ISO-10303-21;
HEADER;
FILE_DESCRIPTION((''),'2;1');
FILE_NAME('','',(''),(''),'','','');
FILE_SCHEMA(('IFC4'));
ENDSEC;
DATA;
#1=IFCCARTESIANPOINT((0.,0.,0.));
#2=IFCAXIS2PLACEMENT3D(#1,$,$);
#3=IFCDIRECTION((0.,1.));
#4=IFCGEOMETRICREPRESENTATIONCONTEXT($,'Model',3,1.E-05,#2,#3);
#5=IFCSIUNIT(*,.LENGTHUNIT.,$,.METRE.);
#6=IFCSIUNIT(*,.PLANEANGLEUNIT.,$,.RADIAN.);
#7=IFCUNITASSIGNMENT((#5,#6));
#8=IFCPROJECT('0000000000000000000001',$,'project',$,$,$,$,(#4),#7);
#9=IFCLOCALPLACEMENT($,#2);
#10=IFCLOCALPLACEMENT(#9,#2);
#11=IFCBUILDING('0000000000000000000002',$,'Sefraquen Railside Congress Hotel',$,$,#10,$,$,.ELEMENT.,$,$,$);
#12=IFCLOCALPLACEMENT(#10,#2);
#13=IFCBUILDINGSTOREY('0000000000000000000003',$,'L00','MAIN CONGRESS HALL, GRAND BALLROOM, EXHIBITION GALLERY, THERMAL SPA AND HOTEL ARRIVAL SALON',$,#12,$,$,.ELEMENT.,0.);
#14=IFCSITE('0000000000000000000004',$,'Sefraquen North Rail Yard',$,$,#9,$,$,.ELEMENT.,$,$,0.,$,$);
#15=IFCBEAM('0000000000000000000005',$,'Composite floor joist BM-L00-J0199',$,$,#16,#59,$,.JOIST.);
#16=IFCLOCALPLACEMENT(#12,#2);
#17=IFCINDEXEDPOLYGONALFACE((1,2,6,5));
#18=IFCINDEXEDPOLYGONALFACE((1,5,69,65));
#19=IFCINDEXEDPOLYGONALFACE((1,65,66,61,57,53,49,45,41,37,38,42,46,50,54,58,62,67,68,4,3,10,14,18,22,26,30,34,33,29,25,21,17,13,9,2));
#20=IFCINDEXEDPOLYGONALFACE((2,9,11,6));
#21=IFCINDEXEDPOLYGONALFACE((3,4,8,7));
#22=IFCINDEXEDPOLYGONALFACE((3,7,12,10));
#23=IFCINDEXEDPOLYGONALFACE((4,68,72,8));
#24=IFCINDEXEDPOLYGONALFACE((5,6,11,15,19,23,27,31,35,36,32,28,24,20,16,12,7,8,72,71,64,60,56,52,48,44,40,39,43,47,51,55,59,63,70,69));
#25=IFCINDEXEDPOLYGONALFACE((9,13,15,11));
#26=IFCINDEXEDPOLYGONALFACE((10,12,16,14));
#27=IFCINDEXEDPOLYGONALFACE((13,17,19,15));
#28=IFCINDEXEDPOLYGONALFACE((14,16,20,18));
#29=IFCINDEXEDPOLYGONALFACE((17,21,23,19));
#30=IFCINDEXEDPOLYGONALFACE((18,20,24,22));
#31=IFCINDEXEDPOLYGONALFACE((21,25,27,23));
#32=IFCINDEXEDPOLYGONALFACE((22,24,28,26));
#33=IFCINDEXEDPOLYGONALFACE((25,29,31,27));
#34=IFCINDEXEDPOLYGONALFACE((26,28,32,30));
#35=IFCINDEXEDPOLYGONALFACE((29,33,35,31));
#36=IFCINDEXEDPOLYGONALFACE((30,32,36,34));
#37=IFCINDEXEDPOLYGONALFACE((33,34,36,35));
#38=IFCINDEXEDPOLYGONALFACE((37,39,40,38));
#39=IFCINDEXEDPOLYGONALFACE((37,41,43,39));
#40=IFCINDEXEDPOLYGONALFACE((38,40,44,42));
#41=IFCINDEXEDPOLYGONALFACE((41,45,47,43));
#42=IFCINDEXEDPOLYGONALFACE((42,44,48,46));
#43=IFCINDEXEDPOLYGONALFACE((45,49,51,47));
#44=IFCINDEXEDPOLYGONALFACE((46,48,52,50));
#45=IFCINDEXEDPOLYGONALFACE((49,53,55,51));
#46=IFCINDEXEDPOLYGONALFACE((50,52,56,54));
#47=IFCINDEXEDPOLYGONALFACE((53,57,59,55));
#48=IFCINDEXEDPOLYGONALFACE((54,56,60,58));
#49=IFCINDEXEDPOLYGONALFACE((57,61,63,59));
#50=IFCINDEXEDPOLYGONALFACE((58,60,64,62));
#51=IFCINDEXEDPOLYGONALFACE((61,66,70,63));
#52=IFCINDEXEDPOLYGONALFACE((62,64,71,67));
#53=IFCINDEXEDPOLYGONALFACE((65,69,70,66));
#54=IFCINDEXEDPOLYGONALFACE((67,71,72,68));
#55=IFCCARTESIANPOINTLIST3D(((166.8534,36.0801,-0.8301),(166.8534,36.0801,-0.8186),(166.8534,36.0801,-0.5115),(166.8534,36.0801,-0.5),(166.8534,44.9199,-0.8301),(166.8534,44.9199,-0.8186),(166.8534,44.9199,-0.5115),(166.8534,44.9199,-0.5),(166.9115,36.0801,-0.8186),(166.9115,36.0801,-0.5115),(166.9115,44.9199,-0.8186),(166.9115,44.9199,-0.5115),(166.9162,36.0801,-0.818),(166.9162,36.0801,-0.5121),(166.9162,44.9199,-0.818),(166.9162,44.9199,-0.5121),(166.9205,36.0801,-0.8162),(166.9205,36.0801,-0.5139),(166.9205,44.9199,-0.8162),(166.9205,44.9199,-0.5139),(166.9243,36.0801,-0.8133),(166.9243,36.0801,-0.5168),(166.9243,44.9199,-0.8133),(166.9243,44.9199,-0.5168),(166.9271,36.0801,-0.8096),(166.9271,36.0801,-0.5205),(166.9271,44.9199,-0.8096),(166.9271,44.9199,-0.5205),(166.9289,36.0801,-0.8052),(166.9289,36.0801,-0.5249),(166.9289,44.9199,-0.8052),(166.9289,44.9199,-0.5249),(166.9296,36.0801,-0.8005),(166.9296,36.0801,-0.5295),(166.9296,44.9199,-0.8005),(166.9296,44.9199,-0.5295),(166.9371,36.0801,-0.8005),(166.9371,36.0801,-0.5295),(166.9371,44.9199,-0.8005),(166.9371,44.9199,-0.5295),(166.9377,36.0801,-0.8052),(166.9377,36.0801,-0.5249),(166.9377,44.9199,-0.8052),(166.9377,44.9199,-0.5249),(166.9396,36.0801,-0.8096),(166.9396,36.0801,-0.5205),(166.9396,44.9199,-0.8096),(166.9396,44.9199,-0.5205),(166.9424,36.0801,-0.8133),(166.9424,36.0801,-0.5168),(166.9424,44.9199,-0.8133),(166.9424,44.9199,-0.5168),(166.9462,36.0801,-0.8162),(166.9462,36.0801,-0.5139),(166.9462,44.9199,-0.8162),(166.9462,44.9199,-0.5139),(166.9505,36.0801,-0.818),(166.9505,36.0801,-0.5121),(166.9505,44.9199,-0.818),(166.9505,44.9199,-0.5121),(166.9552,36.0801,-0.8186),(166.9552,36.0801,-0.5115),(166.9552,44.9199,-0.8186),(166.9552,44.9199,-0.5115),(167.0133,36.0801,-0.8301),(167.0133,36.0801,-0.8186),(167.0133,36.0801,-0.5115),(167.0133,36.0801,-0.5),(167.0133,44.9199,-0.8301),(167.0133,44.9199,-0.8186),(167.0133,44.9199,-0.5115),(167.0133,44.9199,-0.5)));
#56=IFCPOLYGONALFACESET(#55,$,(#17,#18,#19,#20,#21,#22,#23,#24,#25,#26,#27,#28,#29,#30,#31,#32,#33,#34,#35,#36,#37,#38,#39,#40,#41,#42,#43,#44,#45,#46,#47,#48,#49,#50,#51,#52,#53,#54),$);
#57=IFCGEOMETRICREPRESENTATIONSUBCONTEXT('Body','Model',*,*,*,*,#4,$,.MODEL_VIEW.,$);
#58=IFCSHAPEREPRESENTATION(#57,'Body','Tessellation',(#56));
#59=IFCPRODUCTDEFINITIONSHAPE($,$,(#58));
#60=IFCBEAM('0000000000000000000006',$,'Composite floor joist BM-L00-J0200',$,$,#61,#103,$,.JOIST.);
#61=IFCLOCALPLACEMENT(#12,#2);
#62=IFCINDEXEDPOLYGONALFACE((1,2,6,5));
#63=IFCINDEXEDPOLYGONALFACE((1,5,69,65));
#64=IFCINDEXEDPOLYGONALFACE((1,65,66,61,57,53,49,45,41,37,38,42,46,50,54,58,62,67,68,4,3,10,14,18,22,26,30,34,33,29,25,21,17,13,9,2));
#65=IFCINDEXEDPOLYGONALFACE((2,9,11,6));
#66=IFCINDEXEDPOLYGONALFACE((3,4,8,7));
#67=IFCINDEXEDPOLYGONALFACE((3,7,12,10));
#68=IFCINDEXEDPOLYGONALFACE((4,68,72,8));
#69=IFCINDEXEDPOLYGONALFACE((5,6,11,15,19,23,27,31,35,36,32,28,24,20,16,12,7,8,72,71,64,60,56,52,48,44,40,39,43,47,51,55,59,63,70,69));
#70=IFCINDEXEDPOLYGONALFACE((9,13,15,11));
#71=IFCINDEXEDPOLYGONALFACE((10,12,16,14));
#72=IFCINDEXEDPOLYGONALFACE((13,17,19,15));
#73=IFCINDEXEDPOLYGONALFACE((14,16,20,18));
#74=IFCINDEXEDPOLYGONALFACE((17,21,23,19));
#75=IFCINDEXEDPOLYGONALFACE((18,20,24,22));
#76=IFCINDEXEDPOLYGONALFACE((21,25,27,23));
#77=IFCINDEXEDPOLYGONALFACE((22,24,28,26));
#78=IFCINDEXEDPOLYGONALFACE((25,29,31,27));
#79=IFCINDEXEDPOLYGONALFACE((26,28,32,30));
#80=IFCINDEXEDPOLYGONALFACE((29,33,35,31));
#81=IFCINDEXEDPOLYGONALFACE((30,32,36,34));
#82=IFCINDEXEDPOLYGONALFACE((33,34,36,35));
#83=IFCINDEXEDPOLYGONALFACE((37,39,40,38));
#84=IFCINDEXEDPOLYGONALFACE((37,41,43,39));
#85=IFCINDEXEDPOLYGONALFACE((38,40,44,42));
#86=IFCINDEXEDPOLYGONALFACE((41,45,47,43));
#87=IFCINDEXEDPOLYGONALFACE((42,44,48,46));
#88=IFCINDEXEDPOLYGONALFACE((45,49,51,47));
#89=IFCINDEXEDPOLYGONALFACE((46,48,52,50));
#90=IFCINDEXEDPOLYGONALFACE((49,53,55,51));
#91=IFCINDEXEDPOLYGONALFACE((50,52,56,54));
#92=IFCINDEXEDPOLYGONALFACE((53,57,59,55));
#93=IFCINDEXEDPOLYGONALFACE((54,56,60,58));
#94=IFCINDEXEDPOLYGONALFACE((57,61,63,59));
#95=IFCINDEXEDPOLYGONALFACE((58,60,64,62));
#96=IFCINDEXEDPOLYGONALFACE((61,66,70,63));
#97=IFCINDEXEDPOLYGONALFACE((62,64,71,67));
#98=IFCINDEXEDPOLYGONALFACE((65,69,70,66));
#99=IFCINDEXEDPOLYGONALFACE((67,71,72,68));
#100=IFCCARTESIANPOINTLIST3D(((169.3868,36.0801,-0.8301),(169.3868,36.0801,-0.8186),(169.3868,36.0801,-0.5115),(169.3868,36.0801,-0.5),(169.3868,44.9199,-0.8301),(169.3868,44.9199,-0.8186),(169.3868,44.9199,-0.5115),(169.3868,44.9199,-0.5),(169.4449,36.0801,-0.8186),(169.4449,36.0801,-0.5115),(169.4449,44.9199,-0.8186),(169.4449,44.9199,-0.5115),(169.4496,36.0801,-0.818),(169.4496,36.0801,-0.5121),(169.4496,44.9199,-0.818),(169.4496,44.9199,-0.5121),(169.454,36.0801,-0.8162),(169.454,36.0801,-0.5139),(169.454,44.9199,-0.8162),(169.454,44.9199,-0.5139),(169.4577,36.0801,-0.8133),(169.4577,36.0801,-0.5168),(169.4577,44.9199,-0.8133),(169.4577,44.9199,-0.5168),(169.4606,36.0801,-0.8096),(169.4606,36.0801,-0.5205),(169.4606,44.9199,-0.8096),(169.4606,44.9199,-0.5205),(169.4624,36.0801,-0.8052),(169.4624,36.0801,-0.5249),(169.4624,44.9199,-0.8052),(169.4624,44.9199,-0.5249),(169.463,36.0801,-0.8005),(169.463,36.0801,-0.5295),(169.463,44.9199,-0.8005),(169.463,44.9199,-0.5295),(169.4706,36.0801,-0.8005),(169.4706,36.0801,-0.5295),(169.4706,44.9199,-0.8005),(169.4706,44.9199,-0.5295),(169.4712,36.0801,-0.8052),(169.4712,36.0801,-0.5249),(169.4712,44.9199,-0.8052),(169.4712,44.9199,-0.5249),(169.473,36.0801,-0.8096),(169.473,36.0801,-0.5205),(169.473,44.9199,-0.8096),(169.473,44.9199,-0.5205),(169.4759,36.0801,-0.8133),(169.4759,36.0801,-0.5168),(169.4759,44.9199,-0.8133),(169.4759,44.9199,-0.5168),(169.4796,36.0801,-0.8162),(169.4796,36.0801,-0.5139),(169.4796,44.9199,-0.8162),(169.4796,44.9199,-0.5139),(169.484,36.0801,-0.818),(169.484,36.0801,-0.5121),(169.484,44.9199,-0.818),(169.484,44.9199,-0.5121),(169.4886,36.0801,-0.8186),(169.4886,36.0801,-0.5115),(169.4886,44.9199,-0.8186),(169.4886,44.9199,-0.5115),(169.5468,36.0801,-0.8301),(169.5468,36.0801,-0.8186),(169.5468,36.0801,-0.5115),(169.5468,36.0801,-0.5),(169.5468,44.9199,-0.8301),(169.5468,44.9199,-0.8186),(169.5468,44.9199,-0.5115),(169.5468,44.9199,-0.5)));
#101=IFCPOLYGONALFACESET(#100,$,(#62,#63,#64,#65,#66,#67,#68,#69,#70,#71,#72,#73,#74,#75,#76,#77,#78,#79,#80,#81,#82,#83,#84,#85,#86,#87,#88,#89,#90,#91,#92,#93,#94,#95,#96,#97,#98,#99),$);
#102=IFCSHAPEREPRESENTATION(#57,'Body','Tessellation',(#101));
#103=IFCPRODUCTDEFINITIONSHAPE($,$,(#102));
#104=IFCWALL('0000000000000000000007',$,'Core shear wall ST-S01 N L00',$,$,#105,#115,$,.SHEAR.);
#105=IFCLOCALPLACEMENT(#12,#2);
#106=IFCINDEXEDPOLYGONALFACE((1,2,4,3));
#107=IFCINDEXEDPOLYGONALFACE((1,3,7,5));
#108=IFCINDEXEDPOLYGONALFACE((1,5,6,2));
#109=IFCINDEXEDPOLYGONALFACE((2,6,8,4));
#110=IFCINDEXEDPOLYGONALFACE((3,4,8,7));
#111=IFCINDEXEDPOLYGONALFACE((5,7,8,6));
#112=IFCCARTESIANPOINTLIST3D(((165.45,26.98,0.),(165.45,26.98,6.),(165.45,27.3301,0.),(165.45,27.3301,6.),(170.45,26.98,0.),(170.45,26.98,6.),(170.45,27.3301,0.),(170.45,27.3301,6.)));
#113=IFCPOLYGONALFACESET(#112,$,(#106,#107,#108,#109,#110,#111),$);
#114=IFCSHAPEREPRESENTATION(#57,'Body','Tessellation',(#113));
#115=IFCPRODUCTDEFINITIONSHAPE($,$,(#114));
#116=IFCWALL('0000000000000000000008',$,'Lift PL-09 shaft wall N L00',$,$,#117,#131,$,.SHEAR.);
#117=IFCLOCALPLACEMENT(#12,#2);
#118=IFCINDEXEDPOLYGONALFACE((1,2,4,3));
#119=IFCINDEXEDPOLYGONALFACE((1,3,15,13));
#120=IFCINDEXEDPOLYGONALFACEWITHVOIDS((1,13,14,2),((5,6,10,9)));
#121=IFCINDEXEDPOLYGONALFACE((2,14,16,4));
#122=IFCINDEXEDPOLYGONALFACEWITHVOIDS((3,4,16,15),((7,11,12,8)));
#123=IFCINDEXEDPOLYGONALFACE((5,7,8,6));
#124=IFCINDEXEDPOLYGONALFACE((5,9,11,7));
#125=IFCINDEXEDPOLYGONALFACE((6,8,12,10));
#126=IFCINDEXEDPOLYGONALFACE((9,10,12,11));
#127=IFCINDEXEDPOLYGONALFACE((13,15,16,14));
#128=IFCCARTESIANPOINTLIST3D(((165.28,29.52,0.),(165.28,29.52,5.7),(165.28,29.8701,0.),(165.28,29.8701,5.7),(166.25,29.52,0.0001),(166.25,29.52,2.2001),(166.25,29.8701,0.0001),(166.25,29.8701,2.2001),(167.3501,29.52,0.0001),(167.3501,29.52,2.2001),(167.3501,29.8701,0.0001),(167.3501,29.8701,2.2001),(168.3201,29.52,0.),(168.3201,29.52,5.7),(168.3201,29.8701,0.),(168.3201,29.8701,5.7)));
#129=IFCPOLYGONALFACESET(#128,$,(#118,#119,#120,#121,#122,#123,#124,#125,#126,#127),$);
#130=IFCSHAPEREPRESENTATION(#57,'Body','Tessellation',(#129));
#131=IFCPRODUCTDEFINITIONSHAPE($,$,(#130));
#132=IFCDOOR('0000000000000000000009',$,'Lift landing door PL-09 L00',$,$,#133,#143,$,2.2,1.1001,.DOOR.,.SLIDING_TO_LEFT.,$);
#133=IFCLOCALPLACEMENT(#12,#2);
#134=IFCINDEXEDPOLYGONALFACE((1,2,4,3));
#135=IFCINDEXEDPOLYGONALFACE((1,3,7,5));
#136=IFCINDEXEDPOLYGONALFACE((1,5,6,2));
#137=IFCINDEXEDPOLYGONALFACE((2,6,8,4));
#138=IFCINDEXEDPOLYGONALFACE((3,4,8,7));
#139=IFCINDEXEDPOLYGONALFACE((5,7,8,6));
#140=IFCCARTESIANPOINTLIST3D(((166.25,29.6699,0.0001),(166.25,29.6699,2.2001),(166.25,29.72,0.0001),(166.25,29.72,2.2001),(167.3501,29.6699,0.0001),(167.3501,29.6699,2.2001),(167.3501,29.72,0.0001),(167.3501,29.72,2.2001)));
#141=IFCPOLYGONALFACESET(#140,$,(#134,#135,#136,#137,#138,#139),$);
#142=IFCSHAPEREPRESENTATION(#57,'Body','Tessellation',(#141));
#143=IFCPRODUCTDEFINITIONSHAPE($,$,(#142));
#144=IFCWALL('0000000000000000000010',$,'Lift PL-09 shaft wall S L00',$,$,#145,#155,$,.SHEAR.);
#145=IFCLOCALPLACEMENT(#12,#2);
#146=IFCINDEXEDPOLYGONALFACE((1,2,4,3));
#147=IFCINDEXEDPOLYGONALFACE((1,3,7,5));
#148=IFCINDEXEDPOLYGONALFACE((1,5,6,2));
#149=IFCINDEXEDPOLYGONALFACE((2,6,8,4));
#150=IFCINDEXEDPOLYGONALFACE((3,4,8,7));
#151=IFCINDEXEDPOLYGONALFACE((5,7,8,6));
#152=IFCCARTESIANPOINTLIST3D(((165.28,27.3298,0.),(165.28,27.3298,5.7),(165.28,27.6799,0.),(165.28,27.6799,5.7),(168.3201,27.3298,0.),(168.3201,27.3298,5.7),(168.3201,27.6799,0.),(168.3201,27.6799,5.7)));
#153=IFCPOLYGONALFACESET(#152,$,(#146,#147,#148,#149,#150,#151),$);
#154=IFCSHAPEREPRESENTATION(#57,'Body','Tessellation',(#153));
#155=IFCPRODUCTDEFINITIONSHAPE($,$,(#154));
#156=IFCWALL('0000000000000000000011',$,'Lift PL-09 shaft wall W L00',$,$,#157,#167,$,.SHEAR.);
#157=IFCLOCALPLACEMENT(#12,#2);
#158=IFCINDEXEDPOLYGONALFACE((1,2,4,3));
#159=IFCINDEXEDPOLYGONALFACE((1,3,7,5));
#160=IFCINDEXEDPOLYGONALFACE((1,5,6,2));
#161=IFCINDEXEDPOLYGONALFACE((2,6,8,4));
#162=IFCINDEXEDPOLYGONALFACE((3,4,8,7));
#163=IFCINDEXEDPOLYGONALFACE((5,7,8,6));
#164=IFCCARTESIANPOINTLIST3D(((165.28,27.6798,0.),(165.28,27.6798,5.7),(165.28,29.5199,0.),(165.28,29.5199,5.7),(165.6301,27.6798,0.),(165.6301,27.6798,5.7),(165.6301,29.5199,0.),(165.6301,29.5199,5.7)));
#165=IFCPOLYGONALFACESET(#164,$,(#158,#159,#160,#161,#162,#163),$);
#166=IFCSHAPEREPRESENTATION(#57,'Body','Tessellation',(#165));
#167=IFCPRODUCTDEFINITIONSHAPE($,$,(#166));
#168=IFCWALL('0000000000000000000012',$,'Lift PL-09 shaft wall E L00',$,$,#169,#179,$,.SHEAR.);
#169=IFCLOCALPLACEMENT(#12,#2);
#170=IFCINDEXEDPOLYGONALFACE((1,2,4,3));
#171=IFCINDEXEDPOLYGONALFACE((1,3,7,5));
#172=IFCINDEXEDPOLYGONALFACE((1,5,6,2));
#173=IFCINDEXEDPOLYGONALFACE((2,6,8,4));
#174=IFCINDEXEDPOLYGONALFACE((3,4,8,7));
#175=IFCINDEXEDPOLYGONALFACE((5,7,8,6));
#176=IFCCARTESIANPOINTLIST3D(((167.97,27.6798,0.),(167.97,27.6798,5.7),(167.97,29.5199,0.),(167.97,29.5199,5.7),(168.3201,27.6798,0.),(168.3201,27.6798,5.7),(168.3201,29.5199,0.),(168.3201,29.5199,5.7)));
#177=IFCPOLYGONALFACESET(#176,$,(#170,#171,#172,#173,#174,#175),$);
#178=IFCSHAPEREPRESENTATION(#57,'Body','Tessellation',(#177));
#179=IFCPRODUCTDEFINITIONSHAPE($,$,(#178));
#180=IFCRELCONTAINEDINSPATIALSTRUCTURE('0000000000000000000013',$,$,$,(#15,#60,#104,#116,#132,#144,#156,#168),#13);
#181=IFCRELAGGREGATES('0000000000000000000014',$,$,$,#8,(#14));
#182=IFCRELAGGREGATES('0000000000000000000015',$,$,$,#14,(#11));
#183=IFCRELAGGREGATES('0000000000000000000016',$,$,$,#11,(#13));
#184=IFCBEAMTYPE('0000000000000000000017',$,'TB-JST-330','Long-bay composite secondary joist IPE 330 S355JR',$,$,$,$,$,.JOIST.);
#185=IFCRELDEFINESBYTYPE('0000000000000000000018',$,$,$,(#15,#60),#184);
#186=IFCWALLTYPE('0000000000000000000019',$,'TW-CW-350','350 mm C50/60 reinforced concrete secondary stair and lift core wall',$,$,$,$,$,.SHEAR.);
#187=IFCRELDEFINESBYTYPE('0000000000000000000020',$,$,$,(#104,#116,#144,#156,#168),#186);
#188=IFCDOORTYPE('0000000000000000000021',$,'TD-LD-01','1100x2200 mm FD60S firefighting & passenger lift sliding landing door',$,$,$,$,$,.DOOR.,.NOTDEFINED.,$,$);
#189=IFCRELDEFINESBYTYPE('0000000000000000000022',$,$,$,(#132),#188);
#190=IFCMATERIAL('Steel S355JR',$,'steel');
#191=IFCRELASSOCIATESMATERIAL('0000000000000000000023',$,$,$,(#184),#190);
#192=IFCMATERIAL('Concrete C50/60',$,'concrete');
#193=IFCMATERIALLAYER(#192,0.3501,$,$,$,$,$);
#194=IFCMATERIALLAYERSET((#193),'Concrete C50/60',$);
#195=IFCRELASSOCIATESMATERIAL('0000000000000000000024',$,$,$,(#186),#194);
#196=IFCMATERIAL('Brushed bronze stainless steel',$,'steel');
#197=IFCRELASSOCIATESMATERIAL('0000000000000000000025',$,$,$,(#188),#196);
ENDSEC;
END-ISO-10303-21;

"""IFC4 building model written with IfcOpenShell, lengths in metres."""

from ifc_helpers import new_model, si_unit, direction, frame, frame_2d, origin, origin_2d, place, context, subcontext, project, spatial, rectangle, i_section, extrude, material, layer, layer_set, material_profile, profile_set, type_object, element, fill, save


model = new_model("IFC4")

# Units and contexts
model_context = context("Model", 3, precision=1e-05, world=origin(), true_north=direction((0.0, 1.0)))
body_context = subcontext(model_context, "Body", "Model", "MODEL_VIEW")
ifc_project = project(units=[si_unit("LENGTHUNIT", "METRE"), si_unit("PLANEANGLEUNIT", "RADIAN")], contexts=[model_context])

# Site, building, storey
site_placement = place(None, origin())
site = spatial("IfcSite", under=ifc_project, at=site_placement, Name="Sefraquen North Rail Yard", CompositionType="ELEMENT", RefElevation=0.0)
building_placement = place(site_placement, origin())
building = spatial("IfcBuilding", under=site, at=building_placement, Name="Sefraquen Railside Congress Hotel", CompositionType="ELEMENT")
storey_placement = place(building_placement, origin())
storey = spatial("IfcBuildingStorey", under=building, at=storey_placement, Name="L00", Description="MAIN CONGRESS HALL, GRAND BALLROOM, EXHIBITION GALLERY, THERMAL SPA AND HOTEL ARRIVAL SALON", CompositionType="ELEMENT", Elevation=0.0)

# Shared definitions
ifc_material_1 = material(Name="Steel S355JR", Category="steel")

# Beams
ifc_material_profile_1 = material_profile(ifc_material_1, i_section(OverallWidth=0.1599, OverallDepth=0.3301, WebThickness=0.0076, FlangeThickness=0.0115, FilletRadius=0.0181, at=origin_2d()), Name="IPE 330")
ifc_profile_set_1 = profile_set([ifc_material_profile_1], Name="Steel S355JR")
beam_type_1 = type_object("IfcBeamType", Name="TB-JST-330", Description="Long-bay composite secondary joist IPE 330 S355JR", PredefinedType="JOIST", material=ifc_profile_set_1)
for number, where, z_axis, x_axis, name in (
    (1, (166.9333, 36.0801, -0.665), (0.0, 1.0, 0.0), (-1.0, 0.0, 0.0), "Composite floor joist BM-L00-J0199"),
    (2, (169.4668, 36.0801, -0.665), (0.0, 1.0, 0.0), (-1.0, 0.0, 0.0), "Composite floor joist BM-L00-J0200"),
):
    element("IfcBeam", number, at=place(storey_placement, frame(where, z_axis=z_axis, x_axis=x_axis)), inside=storey, type_object=beam_type_1, Name=name, PredefinedType="JOIST", context=body_context, shape_type="SweptSolid", body=[
        extrude(i_section(OverallWidth=0.1599, OverallDepth=0.3301, WebThickness=0.0076, FlangeThickness=0.0115, FilletRadius=0.0181, at=origin_2d()), origin(), (0.0, 0.0, 1.0), 8.8398),
    ])

# Wall
ifc_material_2 = material(Name="Concrete C50/60", Category="concrete")
ifc_layer_1 = layer(ifc_material_2, 0.3501)
ifc_layer_set_1 = layer_set([ifc_layer_1], Name="Concrete C50/60")
wall_type_1 = type_object("IfcWallType", Name="TW-CW-350", Description="350 mm C50/60 reinforced concrete secondary stair and lift core wall", PredefinedType="SHEAR", material=ifc_layer_set_1)
wall_1_placement = place(storey_placement, frame((165.45, 27.155, 0.0), z_axis=(0.0, 0.0, 1.0), x_axis=(1.0, 0.0, 0.0)))
element("IfcWall", 3, at=wall_1_placement, inside=storey, type_object=wall_type_1, Name="Core shear wall ST-S01 N L00", PredefinedType="SHEAR", context=body_context, shape_type="SweptSolid", body=[
    extrude(rectangle(XDim=5.0, YDim=0.3501, at=frame_2d((2.5, 0.0))), origin(), (0.0, 0.0, 1.0), 6.0),
])

# Wall, opening, door
wall_2_placement = place(storey_placement, frame((165.28, 29.6951, 0.0), z_axis=(0.0, 0.0, 1.0), x_axis=(1.0, 0.0, 0.0)))
wall_2 = element("IfcWall", 4, at=wall_2_placement, inside=storey, type_object=wall_type_1, Name="Lift PL-09 shaft wall N L00", PredefinedType="SHEAR", context=body_context, shape_type="SweptSolid", body=[
    extrude(rectangle(XDim=3.04, YDim=0.3501, at=frame_2d((1.52, 0.0))), origin(), (0.0, 0.0, 1.0), 5.7),
])
opening_1_placement = place(wall_2_placement, frame((0.97, 0.0, 0.0)))
opening_1 = element("IfcOpeningElement", 5, at=opening_1_placement, cuts=wall_2, PredefinedType="OPENING", context=body_context, shape_type="SweptSolid", body=[
    extrude(rectangle(XDim=1.1001, YDim=2.2, at=frame_2d((0.55, 1.1001))), frame((0.0, 0.1851, 0.0), z_axis=(0.0, -1.0, 0.0), x_axis=(1.0, 0.0, 0.0)), (0.0, 0.0, 1.0), 0.3701),
])
ifc_material_3 = material(Name="Brushed bronze stainless steel", Category="steel")
door_type_1 = type_object("IfcDoorType", Name="TD-LD-01", Description="1100x2200 mm FD60S firefighting & passenger lift sliding landing door", OperationType="NOTDEFINED", PredefinedType="DOOR", material=ifc_material_3)
door_1_placement = place(opening_1_placement, origin())
door_1 = element("IfcDoor", 6, at=door_1_placement, inside=storey, type_object=door_type_1, Name="Lift landing door PL-09 L00", OperationType="SLIDING_TO_LEFT", OverallHeight=2.2, OverallWidth=1.1001, PredefinedType="DOOR", context=body_context, shape_type="SweptSolid", body=[
    extrude(rectangle(XDim=1.1001, YDim=2.2, at=frame_2d((0.55, 1.1001))), frame((0.0, 0.0249, 0.0), z_axis=(0.0, -1.0, 0.0), x_axis=(1.0, 0.0, 0.0)), (0.0, 0.0, 1.0), 0.05),
])
fill(opening_1, door_1)

# Walls
wall_3_placement = place(storey_placement, frame((165.28, 27.5049, 0.0), z_axis=(0.0, 0.0, 1.0), x_axis=(1.0, 0.0, 0.0)))
element("IfcWall", 7, at=wall_3_placement, inside=storey, type_object=wall_type_1, Name="Lift PL-09 shaft wall S L00", PredefinedType="SHEAR", context=body_context, shape_type="SweptSolid", body=[
    extrude(rectangle(XDim=3.04, YDim=0.3501, at=frame_2d((1.52, 0.0))), origin(), (0.0, 0.0, 1.0), 5.7),
])
for number, where, z_axis, x_axis, name in (
    (8, (165.4551, 27.6799, 0.0), (0.0, 0.0, 1.0), (0.0, 1.0, 0.0), "Lift PL-09 shaft wall W L00"),
    (9, (168.145, 27.6799, 0.0), (0.0, 0.0, 1.0), (0.0, 1.0, 0.0), "Lift PL-09 shaft wall E L00"),
):
    element("IfcWall", number, at=place(storey_placement, frame(where, z_axis=z_axis, x_axis=x_axis)), inside=storey, type_object=wall_type_1, Name=name, PredefinedType="SHEAR", context=body_context, shape_type="SweptSolid", body=[
        extrude(rectangle(XDim=1.8401, YDim=0.3501, at=frame_2d((0.9199, 0.0))), origin(), (0.0, 0.0, 1.0), 5.7),
    ])

save(model, "model.ifc")
